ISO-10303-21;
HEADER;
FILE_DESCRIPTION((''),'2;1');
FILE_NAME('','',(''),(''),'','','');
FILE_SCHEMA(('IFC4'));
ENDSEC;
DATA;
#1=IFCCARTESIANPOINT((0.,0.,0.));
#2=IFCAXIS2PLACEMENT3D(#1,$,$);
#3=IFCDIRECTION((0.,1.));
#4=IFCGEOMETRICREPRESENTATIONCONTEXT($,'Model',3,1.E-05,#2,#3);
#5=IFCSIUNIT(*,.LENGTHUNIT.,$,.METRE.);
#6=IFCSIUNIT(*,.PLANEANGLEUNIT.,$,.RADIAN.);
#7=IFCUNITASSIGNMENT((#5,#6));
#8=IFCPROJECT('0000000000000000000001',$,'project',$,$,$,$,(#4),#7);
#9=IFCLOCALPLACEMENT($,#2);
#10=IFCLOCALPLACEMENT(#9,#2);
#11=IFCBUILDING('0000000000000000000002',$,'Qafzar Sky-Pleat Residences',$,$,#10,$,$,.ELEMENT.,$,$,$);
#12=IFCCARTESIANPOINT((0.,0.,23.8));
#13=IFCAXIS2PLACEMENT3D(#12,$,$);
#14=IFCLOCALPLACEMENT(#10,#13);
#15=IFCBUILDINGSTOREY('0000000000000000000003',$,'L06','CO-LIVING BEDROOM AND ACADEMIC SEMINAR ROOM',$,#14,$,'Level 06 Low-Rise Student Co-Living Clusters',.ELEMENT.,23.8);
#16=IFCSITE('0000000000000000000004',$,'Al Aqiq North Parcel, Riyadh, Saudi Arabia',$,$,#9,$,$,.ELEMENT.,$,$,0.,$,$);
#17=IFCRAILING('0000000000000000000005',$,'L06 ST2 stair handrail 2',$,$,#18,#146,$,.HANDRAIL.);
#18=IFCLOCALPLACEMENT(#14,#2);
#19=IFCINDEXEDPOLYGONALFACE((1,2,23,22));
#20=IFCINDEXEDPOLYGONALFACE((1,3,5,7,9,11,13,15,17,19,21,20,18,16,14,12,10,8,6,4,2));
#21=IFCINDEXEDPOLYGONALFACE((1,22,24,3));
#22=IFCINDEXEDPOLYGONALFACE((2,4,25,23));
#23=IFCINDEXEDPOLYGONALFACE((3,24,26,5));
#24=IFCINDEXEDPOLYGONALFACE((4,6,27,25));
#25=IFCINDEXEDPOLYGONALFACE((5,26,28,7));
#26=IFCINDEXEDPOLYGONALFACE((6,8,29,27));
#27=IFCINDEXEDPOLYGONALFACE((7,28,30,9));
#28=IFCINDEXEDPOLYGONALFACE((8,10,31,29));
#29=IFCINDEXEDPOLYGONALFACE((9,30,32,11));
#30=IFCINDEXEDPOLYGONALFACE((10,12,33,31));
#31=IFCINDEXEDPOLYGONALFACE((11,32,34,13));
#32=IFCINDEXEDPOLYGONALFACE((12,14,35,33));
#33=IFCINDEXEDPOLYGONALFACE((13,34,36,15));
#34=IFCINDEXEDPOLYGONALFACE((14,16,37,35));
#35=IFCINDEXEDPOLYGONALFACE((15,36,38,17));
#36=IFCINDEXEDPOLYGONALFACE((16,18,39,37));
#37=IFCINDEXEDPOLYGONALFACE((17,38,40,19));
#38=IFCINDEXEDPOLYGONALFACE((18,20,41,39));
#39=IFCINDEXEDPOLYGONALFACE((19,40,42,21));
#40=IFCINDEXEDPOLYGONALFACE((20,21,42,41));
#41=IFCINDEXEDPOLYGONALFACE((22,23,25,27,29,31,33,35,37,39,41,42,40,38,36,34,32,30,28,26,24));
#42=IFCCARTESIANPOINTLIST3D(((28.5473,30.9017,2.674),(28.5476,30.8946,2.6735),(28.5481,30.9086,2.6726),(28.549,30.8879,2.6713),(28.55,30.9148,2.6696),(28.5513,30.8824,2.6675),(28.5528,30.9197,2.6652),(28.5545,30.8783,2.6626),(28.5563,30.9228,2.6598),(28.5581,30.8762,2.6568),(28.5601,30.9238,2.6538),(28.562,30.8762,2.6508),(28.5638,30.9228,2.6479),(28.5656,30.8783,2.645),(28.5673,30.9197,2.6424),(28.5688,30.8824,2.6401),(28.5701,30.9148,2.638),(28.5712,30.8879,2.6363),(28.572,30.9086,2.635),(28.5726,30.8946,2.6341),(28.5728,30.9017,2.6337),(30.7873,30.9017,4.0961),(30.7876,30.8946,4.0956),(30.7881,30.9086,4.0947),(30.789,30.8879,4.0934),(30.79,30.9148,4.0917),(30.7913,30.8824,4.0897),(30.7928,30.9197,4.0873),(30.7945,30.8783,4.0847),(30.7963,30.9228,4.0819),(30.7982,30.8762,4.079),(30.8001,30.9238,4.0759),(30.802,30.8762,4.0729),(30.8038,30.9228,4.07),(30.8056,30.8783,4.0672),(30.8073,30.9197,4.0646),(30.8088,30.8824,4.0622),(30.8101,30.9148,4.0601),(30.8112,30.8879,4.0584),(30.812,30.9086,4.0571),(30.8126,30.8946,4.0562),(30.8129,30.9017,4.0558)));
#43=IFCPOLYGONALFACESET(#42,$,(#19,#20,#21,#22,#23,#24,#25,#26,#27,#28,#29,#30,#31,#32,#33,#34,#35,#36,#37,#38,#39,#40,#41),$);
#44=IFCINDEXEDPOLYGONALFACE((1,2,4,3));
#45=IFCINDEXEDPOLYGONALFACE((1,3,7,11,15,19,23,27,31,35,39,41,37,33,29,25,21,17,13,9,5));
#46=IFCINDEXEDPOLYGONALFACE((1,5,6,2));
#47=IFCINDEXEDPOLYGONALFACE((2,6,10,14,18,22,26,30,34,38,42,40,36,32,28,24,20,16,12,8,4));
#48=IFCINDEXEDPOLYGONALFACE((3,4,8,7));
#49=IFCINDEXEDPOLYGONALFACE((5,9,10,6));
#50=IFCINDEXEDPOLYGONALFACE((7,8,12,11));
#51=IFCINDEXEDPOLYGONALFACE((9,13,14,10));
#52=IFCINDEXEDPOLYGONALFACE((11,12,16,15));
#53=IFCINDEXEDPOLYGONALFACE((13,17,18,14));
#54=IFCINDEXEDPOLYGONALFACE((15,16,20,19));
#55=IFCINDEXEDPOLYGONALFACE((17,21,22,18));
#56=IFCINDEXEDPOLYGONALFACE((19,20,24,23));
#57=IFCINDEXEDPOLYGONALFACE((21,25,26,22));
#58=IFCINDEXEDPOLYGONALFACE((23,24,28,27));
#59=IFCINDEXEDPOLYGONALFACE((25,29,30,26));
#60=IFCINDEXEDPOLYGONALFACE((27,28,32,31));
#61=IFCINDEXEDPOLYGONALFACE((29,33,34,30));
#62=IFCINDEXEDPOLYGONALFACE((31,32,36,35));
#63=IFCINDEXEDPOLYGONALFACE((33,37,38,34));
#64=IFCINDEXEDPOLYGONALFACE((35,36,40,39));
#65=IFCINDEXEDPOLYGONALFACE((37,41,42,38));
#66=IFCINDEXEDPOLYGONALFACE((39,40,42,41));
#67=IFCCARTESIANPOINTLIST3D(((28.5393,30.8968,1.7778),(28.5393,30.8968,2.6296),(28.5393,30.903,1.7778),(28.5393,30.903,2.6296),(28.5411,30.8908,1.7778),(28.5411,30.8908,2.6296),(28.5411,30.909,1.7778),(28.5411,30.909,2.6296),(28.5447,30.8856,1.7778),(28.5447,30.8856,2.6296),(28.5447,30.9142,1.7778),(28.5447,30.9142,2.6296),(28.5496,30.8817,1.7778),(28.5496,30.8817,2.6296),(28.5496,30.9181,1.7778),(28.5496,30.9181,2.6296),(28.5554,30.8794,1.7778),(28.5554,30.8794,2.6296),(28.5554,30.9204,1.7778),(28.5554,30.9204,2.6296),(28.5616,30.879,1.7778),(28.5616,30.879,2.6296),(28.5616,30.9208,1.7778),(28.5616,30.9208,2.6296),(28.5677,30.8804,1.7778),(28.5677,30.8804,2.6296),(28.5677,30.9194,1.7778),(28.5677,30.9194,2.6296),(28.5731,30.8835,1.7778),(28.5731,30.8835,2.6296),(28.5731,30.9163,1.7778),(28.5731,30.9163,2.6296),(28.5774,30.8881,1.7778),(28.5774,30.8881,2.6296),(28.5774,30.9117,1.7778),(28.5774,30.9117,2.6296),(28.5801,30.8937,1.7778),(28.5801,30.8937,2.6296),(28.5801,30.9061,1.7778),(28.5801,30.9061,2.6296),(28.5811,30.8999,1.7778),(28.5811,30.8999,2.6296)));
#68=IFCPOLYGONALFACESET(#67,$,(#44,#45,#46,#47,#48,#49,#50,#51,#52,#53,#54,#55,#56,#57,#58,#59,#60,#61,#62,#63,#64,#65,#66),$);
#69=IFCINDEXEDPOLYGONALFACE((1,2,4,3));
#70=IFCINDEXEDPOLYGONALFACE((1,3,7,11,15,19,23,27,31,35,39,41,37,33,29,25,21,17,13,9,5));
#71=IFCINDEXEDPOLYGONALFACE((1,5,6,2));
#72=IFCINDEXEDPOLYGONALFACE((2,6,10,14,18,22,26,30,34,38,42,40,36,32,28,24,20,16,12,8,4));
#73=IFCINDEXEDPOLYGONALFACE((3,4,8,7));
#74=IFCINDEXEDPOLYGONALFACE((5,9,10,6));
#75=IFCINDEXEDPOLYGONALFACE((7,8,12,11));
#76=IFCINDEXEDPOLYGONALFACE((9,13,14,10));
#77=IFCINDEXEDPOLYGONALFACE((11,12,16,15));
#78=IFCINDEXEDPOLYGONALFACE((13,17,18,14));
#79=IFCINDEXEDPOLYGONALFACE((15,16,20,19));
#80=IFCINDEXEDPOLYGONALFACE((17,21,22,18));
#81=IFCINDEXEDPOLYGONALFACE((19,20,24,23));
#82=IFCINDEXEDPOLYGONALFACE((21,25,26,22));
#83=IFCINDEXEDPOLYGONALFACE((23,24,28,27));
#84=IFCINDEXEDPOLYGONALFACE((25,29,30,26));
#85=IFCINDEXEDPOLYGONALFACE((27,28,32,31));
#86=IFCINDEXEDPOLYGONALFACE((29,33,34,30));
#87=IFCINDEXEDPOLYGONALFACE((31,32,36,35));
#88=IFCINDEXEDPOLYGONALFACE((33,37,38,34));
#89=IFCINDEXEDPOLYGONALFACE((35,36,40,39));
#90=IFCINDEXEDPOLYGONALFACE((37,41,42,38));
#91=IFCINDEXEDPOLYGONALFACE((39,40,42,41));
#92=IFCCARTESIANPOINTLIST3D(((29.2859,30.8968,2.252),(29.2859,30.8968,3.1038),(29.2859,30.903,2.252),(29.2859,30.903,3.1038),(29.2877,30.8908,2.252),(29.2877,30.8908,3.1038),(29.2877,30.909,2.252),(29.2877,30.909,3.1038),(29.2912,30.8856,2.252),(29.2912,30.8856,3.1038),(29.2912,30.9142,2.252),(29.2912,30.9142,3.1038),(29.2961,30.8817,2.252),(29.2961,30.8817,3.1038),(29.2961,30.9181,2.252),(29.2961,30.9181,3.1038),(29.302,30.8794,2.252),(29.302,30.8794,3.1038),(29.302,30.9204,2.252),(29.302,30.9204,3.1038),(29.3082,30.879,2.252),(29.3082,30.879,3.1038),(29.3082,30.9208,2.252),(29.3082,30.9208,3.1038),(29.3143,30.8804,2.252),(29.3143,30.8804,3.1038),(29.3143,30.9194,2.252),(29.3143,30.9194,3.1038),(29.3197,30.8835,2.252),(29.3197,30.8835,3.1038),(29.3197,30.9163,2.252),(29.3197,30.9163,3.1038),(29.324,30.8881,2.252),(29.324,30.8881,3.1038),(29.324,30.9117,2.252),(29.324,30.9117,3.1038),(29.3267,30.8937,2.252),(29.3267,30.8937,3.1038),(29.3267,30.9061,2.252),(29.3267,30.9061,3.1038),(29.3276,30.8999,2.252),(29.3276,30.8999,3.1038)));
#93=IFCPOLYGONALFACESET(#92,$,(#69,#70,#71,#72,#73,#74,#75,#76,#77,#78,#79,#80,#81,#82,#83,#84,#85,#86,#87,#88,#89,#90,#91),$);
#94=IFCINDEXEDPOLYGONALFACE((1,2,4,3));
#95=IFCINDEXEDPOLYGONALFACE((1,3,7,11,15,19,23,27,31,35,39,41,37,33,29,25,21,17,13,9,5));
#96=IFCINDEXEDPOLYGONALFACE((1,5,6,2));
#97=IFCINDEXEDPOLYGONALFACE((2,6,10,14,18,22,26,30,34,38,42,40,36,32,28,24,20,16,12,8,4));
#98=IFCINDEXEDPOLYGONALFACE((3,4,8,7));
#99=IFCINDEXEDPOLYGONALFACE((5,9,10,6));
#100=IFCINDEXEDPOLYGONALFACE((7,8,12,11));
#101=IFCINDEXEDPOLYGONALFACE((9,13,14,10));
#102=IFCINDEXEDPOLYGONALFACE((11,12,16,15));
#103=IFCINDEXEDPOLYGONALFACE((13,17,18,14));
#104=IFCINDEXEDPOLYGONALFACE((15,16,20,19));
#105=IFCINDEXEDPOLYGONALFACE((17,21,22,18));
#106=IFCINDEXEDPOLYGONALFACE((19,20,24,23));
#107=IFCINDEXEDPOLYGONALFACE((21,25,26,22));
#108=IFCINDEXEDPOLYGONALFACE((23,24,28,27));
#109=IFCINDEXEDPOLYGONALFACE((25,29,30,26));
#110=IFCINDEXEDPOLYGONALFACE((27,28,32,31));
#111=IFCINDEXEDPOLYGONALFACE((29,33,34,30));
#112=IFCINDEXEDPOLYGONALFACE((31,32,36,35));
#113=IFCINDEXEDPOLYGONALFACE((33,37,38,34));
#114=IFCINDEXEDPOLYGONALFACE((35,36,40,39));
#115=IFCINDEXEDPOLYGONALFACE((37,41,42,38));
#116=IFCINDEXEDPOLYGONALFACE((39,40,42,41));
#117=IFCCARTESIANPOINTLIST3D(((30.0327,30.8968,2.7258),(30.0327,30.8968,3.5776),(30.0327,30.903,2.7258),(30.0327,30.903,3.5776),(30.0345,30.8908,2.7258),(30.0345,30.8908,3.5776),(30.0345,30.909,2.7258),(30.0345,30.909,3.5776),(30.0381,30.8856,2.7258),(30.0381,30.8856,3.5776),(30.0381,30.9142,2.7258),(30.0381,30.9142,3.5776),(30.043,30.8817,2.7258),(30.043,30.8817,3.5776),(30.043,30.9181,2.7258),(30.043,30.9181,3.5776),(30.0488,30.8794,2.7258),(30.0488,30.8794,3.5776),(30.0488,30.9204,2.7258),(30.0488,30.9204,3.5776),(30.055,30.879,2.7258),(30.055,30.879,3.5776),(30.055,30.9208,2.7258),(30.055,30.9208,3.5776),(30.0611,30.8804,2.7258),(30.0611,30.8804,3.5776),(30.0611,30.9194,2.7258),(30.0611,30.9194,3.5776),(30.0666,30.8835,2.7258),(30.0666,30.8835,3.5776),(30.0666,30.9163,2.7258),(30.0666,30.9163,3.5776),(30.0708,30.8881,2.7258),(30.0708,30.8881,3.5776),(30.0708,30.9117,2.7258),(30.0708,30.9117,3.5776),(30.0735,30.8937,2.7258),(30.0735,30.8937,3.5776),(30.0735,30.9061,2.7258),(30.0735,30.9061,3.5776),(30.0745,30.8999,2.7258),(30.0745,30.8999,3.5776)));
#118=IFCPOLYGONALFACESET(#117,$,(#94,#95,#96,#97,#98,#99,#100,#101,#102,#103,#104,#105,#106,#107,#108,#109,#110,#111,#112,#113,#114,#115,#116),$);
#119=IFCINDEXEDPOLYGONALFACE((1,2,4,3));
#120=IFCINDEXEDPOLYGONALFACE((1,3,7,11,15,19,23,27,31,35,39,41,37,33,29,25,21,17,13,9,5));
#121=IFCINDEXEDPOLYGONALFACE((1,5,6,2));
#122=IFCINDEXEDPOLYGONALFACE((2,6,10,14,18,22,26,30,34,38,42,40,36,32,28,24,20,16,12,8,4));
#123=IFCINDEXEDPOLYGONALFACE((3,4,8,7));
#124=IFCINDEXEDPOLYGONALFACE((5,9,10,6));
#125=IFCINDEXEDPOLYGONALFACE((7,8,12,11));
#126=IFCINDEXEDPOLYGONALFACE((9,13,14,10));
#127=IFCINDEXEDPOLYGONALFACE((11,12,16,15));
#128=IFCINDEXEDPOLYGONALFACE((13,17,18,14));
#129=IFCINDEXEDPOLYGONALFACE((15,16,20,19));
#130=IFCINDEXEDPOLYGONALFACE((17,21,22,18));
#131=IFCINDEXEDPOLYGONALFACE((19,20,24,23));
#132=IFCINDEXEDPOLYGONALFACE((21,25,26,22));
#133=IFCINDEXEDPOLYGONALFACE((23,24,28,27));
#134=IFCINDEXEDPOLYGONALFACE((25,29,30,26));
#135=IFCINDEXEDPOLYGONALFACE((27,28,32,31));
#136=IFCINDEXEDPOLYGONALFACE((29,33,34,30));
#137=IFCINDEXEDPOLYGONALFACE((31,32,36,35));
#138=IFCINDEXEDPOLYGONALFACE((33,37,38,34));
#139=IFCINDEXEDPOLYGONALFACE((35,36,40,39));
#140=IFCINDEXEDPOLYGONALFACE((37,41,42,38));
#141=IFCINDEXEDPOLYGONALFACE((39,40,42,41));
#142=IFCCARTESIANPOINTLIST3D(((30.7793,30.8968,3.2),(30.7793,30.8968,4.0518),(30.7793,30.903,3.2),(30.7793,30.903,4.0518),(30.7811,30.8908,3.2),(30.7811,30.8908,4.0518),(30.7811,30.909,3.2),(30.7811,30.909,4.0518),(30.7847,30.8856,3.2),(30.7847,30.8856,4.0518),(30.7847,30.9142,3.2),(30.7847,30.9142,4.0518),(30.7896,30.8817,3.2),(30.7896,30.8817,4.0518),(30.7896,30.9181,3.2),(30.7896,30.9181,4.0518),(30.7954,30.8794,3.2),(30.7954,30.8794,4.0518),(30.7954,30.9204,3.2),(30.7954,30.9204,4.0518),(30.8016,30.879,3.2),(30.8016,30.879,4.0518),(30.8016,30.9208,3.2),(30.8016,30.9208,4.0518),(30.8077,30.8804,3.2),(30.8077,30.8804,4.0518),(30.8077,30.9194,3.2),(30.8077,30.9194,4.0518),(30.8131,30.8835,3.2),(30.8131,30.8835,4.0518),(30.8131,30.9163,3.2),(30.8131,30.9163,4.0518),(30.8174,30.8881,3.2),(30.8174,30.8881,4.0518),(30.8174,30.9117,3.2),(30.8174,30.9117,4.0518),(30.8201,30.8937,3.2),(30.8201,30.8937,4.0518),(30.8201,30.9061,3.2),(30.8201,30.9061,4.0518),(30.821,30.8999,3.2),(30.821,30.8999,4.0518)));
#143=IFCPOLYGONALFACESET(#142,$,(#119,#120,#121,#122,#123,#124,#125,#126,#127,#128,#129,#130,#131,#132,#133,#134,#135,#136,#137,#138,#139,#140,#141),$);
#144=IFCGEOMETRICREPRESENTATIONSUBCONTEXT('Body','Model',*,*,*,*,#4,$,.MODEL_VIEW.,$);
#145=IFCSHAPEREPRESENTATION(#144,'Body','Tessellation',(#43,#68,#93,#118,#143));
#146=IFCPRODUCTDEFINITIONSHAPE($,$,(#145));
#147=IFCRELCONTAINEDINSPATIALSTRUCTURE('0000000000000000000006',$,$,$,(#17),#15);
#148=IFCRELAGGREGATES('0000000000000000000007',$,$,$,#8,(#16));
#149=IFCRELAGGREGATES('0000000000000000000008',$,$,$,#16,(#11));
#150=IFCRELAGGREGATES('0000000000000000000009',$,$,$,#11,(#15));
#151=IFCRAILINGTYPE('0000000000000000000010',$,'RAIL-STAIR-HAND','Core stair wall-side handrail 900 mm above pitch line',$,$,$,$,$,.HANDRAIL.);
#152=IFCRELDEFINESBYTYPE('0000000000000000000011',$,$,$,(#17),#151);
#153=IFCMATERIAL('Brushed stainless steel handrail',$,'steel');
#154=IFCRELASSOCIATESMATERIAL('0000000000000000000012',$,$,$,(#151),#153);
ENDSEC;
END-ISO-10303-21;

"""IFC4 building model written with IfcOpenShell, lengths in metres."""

from ifc_helpers import new_model, si_unit, direction, frame, origin, origin_2d, place, context, subcontext, project, spatial, circle, extrude, source, transform, mapped, material, type_object, element, save


model = new_model("IFC4")

# Units and contexts
model_context = context("Model", 3, precision=1e-05, world=origin(), true_north=direction((0.0, 1.0)))
body_context = subcontext(model_context, "Body", "Model", "MODEL_VIEW")
ifc_project = project(units=[si_unit("LENGTHUNIT", "METRE"), si_unit("PLANEANGLEUNIT", "RADIAN")], contexts=[model_context])

# Site, building, storey
site_placement = place(None, origin())
site = spatial("IfcSite", under=ifc_project, at=site_placement, Name="Al Aqiq North Parcel, Riyadh, Saudi Arabia", CompositionType="ELEMENT", RefElevation=0.0)
building_placement = place(site_placement, origin())
building = spatial("IfcBuilding", under=site, at=building_placement, Name="Qafzar Sky-Pleat Residences", CompositionType="ELEMENT")
storey_placement = place(building_placement, frame((0.0, 0.0, 23.8)))
storey = spatial("IfcBuildingStorey", under=building, at=storey_placement, Name="L06", Description="CO-LIVING BEDROOM AND ACADEMIC SEMINAR ROOM", LongName="Level 06 Low-Rise Student Co-Living Clusters", CompositionType="ELEMENT", Elevation=23.8)

# Railing
ifc_material_1 = material(Name="Brushed stainless steel handrail", Category="steel")
railing_type = type_object("IfcRailingType", Name="RAIL-STAIR-HAND", Description="Core stair wall-side handrail 900 mm above pitch line", PredefinedType="HANDRAIL", material=ifc_material_1)
shared_shape_1 = source(origin(), body_context, "Body", "SweptSolid", [
    extrude(circle(Radius=0.0239, at=origin_2d()), frame((0.0, 0.0, 0.876), z_axis=(0.844229, 0.0, 0.535982), x_axis=(0.0, 1.0, 0.0)), (0.0, 0.0, 1.0), 2.6533),
    extrude(circle(Radius=0.021, at=origin_2d()), origin(), (0.0, 0.0, 1.0), 0.8518),
    extrude(circle(Radius=0.021, at=origin_2d()), frame((0.7466, 0.0, 0.4741)), (0.0, 0.0, 1.0), 0.8518),
    extrude(circle(Radius=0.021, at=origin_2d()), frame((1.4934, 0.0, 0.948)), (0.0, 0.0, 1.0), 0.8518),
    extrude(circle(Radius=0.021, at=origin_2d()), frame((2.24, 0.0, 1.4221)), (0.0, 0.0, 1.0), 0.8518),
])
railing_placement = place(storey_placement, frame((28.5601, 30.8999, 1.7778)))
element("IfcRailing", 1, at=railing_placement, inside=storey, type_object=railing_type, Name="L06 ST2 stair handrail 2", PredefinedType="HANDRAIL", context=body_context, shape_type="MappedRepresentation", body=[
    mapped(shared_shape_1, transform((0.0, 0.0, 0.0), x_axis=(1.0, 0.0, 0.0), y_axis=(0.0, 1.0, 0.0), z_axis=(0.0, 0.0, 1.0), scale=1.0)),
])

save(model, "model.ifc")
